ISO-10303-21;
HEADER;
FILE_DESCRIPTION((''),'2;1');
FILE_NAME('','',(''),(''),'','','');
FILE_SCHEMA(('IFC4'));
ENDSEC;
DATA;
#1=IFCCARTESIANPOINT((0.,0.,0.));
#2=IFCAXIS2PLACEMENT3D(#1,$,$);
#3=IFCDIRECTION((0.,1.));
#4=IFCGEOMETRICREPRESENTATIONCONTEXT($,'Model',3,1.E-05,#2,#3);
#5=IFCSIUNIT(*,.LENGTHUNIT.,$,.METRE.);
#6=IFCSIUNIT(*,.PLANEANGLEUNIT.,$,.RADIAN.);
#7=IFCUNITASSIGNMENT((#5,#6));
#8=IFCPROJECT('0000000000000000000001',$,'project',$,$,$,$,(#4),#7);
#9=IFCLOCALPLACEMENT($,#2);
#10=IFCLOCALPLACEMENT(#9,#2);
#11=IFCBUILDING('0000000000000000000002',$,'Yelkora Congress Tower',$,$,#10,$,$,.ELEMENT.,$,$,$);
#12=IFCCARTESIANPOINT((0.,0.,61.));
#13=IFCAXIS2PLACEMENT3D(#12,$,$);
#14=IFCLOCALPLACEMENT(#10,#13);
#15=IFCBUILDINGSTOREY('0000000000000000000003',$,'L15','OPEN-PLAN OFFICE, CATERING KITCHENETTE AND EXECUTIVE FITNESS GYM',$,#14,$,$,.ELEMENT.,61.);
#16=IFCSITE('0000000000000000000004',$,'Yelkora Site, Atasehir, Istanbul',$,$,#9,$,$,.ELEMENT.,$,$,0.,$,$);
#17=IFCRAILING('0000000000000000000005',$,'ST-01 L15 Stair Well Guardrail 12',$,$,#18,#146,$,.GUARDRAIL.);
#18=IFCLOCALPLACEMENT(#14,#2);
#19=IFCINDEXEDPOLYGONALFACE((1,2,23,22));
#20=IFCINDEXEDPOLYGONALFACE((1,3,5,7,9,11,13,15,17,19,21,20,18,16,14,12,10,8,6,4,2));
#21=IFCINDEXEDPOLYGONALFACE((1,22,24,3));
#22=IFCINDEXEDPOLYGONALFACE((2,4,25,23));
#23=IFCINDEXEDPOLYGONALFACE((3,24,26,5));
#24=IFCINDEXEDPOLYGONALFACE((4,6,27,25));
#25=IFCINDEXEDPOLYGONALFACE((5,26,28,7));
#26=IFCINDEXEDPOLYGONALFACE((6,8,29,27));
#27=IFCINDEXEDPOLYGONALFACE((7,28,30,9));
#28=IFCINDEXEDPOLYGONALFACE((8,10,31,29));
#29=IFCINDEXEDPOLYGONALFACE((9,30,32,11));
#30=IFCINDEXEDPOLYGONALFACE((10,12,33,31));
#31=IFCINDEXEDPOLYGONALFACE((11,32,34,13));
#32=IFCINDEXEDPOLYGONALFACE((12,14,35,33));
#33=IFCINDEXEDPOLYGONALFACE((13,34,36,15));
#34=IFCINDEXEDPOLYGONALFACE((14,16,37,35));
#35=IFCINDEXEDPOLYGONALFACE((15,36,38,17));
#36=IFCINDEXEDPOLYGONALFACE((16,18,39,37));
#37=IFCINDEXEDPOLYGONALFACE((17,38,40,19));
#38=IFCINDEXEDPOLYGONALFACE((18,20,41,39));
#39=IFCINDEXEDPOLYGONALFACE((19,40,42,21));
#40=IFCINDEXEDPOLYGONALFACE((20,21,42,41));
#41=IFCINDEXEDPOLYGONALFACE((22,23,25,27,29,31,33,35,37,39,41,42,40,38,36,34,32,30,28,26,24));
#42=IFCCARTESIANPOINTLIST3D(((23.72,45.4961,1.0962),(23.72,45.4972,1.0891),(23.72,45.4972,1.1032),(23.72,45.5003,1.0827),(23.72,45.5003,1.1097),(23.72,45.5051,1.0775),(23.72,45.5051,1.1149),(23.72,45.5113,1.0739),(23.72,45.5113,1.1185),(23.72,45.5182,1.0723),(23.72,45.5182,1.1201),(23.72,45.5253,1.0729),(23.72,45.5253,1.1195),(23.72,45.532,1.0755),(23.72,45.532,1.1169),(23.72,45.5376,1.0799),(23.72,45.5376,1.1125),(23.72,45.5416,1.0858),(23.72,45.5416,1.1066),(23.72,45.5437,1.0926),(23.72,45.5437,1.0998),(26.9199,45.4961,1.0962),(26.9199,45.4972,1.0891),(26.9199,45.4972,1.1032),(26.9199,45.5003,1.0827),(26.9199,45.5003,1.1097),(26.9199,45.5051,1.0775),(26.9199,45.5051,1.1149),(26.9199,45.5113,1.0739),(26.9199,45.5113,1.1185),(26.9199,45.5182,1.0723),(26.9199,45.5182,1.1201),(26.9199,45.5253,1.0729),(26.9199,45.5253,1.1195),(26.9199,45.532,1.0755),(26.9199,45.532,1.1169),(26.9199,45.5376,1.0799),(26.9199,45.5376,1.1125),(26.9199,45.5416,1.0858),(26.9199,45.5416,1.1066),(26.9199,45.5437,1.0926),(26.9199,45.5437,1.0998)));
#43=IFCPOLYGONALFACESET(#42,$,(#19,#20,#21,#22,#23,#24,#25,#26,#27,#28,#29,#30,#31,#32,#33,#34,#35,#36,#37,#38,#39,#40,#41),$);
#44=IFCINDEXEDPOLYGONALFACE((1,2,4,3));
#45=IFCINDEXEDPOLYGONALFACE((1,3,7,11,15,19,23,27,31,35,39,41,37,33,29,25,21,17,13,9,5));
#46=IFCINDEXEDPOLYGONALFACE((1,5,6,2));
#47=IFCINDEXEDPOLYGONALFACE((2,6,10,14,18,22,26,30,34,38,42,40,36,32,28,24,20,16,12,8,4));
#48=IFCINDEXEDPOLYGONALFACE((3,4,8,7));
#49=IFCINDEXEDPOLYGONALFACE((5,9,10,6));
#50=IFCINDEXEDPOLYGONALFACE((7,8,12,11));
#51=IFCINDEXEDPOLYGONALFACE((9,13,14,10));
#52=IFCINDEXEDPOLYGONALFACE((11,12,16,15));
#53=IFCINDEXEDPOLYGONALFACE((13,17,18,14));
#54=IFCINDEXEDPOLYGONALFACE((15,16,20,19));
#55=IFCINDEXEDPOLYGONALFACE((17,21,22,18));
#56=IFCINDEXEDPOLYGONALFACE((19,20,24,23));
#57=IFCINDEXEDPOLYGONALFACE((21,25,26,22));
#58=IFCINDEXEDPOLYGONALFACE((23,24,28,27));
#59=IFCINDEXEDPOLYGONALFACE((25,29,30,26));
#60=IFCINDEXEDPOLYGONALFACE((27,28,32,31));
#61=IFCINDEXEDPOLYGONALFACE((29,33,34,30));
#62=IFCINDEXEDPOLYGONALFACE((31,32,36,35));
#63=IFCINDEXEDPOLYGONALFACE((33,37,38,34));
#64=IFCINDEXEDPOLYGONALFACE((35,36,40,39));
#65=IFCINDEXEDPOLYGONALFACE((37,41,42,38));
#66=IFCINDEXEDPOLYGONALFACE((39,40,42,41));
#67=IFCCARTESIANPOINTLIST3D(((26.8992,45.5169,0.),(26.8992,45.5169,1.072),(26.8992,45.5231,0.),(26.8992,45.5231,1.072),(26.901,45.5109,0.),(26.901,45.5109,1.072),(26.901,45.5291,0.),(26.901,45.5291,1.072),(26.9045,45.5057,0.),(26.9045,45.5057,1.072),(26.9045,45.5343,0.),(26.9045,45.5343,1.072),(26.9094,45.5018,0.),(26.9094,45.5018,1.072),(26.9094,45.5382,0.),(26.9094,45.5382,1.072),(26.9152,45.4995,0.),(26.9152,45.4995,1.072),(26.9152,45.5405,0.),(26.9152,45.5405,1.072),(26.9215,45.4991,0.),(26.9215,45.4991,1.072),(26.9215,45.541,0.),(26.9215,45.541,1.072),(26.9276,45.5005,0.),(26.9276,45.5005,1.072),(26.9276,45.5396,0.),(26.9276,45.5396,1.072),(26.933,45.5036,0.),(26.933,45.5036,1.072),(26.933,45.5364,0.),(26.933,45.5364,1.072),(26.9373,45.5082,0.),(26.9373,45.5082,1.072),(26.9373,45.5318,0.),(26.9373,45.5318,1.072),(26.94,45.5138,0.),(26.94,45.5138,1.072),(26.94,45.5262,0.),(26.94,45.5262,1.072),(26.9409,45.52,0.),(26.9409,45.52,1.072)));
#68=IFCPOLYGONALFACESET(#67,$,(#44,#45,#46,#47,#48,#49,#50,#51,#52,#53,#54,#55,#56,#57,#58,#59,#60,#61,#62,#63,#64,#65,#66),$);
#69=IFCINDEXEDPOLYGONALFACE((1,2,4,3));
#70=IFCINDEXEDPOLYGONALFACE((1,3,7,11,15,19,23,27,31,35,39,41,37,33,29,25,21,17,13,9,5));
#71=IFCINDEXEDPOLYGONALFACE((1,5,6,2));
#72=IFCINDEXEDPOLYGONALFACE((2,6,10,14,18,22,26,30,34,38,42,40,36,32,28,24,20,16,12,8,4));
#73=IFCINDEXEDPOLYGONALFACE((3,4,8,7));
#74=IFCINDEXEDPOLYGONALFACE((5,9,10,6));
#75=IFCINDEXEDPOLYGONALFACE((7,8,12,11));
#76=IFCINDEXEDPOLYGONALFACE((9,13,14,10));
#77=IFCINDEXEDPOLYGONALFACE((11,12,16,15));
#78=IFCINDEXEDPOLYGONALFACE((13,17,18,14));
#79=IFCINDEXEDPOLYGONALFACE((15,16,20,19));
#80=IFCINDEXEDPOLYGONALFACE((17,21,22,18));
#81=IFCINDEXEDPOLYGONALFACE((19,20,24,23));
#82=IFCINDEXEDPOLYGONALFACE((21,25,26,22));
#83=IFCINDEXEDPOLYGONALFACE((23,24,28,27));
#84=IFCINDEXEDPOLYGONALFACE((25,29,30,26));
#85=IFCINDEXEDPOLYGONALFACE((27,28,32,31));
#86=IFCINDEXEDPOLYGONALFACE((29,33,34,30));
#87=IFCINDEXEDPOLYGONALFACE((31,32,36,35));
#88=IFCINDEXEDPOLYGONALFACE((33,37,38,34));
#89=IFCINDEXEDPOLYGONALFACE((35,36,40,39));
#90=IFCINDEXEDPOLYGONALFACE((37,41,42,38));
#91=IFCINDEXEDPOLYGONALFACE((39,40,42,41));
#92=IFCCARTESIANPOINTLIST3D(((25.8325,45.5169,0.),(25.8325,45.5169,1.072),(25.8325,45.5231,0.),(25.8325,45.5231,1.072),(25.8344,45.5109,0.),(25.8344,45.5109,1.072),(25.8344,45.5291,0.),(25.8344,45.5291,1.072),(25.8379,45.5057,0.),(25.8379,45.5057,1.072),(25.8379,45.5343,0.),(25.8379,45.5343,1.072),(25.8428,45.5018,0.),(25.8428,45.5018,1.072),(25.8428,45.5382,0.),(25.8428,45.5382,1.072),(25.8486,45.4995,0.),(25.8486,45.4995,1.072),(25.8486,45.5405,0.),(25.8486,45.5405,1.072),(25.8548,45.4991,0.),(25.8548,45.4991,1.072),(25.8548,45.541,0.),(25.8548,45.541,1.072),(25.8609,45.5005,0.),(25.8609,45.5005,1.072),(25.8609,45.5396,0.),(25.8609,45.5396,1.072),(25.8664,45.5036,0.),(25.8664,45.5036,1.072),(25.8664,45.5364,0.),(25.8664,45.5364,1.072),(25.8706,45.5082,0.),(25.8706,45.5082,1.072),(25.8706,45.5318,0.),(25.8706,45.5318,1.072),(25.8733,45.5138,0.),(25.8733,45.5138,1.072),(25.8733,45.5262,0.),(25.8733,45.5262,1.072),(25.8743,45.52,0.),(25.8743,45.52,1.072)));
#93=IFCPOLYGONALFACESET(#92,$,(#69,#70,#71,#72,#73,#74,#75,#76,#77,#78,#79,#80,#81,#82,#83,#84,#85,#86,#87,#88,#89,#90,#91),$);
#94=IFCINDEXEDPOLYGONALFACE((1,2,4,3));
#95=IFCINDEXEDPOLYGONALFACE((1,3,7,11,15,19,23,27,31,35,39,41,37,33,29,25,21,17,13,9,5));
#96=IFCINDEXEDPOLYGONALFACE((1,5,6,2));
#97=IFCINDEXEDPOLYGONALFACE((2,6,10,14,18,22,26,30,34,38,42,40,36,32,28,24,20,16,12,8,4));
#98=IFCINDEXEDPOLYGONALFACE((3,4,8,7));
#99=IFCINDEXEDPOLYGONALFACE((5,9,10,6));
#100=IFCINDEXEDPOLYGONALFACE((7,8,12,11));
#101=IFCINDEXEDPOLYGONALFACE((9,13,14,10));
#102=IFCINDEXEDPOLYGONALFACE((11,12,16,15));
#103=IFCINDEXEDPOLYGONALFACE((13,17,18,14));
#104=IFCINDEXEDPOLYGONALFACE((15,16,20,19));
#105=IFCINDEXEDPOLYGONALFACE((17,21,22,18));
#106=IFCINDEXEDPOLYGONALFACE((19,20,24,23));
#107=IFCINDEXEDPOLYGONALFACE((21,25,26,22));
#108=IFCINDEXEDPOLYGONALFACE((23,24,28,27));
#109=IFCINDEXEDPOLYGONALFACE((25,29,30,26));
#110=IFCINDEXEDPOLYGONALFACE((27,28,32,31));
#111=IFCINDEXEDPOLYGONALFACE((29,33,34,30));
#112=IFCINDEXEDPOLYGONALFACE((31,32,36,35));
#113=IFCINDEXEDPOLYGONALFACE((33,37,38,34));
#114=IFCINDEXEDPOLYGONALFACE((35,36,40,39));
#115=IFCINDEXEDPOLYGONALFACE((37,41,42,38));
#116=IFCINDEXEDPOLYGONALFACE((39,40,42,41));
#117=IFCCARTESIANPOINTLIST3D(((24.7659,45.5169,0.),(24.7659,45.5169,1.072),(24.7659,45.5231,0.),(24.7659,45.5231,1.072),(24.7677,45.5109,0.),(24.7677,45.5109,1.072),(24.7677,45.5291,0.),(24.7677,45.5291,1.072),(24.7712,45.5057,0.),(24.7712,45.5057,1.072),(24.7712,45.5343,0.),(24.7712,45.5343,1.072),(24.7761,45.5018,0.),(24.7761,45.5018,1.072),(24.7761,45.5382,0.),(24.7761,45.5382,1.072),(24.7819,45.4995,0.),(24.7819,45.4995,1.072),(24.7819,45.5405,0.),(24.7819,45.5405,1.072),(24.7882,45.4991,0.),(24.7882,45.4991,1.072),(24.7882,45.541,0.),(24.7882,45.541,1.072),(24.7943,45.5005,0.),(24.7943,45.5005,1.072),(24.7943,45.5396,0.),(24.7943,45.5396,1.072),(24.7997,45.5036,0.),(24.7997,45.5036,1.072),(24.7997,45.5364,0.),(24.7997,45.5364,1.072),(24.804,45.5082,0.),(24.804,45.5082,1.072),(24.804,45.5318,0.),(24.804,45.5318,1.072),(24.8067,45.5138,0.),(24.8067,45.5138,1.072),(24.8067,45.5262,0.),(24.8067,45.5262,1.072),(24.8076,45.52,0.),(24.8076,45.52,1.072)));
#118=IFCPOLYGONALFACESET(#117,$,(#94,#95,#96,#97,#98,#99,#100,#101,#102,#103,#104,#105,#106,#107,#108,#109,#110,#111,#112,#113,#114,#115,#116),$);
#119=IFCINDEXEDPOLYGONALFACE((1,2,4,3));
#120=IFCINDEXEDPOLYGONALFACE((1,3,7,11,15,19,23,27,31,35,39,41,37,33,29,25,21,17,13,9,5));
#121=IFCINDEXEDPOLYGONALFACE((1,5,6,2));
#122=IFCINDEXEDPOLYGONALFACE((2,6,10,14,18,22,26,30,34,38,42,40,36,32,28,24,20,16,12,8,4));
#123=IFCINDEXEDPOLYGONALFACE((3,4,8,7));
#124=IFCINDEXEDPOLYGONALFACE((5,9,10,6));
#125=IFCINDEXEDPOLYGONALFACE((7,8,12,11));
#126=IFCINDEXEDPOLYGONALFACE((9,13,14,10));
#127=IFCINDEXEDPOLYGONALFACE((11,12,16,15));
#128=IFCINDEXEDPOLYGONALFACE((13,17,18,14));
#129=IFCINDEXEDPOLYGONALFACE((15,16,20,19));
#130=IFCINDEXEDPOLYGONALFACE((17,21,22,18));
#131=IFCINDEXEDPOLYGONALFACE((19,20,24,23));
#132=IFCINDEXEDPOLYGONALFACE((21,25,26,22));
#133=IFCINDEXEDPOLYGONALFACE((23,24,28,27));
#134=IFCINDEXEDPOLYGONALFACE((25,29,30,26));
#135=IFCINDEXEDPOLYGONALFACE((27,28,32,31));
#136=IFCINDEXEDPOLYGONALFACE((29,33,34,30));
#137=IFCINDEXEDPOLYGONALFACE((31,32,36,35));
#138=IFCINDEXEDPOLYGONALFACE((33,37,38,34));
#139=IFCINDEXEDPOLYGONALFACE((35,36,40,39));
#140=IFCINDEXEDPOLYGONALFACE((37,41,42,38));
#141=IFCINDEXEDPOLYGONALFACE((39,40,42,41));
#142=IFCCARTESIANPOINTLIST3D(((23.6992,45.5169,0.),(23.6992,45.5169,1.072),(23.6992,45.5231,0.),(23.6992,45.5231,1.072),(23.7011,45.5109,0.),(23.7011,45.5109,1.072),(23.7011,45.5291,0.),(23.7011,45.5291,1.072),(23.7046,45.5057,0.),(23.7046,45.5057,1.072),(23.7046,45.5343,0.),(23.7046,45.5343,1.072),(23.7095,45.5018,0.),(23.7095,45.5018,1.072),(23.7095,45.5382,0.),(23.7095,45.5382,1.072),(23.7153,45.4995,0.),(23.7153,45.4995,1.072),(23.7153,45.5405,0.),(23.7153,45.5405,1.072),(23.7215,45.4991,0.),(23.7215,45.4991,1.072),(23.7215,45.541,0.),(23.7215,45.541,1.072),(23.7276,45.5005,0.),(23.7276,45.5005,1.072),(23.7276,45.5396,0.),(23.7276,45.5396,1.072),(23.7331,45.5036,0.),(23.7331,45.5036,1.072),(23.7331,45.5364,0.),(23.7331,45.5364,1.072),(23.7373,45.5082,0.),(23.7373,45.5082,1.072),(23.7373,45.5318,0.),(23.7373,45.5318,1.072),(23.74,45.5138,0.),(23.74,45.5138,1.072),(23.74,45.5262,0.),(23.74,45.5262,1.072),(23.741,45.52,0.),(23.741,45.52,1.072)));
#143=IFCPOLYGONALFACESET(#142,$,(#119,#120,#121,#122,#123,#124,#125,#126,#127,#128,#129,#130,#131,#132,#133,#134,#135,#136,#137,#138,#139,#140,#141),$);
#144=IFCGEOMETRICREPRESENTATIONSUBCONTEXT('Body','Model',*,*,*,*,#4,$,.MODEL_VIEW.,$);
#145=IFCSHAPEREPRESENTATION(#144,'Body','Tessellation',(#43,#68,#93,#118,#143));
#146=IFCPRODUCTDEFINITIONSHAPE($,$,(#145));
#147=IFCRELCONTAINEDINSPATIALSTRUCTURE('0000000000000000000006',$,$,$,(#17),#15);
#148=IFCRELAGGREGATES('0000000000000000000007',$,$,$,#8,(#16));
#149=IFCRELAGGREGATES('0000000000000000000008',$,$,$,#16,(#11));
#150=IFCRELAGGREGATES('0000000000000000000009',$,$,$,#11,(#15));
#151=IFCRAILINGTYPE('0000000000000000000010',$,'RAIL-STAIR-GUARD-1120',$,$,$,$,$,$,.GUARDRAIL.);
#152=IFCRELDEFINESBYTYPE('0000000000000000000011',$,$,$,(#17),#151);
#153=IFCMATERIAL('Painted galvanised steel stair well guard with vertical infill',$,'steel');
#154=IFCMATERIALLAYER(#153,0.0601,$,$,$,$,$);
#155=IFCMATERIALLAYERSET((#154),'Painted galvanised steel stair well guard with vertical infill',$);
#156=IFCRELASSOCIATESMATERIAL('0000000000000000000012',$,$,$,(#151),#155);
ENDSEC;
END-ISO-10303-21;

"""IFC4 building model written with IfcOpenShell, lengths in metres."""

from ifc_helpers import new_model, si_unit, direction, frame, origin, origin_2d, place, context, subcontext, project, spatial, circle, extrude, material, layer, layer_set, type_object, element, save


model = new_model("IFC4")

# Units and contexts
model_context = context("Model", 3, precision=1e-05, world=origin(), true_north=direction((0.0, 1.0)))
body_context = subcontext(model_context, "Body", "Model", "MODEL_VIEW")
ifc_project = project(units=[si_unit("LENGTHUNIT", "METRE"), si_unit("PLANEANGLEUNIT", "RADIAN")], contexts=[model_context])

# Site, building, storey
site_placement = place(None, origin())
site = spatial("IfcSite", under=ifc_project, at=site_placement, Name="Yelkora Site, Atasehir, Istanbul", CompositionType="ELEMENT", RefElevation=0.0)
building_placement = place(site_placement, origin())
building = spatial("IfcBuilding", under=site, at=building_placement, Name="Yelkora Congress Tower", CompositionType="ELEMENT")
storey_placement = place(building_placement, frame((0.0, 0.0, 61.0)))
storey = spatial("IfcBuildingStorey", under=building, at=storey_placement, Name="L15", Description="OPEN-PLAN OFFICE, CATERING KITCHENETTE AND EXECUTIVE FITNESS GYM", CompositionType="ELEMENT", Elevation=61.0)

# Railing
ifc_material_1 = material(Name="Painted galvanised steel stair well guard with vertical infill", Category="steel")
ifc_layer_1 = layer(ifc_material_1, 0.0601)
ifc_layer_set_1 = layer_set([ifc_layer_1], Name="Painted galvanised steel stair well guard with vertical infill")
railing_type_1 = type_object("IfcRailingType", Name="RAIL-STAIR-GUARD-1120", PredefinedType="GUARDRAIL", material=ifc_layer_set_1)
railing_1_placement = place(storey_placement, frame((26.9199, 45.52, 0.0)))
element("IfcRailing", 1, at=railing_1_placement, inside=storey, type_object=railing_type_1, Name="ST-01 L15 Stair Well Guardrail 12", PredefinedType="GUARDRAIL", context=body_context, shape_type="SweptSolid", body=[
    extrude(circle(Radius=0.0239, at=origin_2d()), frame((0.0, 0.0, 1.0962), z_axis=(-1.0, 0.0, 0.0), x_axis=(0.0, -1.0, 0.0)), (0.0, 0.0, 1.0), 3.2),
    extrude(circle(Radius=0.021, at=origin_2d()), origin(), (0.0, 0.0, 1.0), 1.072),
    extrude(circle(Radius=0.021, at=origin_2d()), frame((-1.0667, 0.0, 0.0)), (0.0, 0.0, 1.0), 1.072),
    extrude(circle(Radius=0.021, at=origin_2d()), frame((-2.1333, 0.0, 0.0)), (0.0, 0.0, 1.0), 1.072),
    extrude(circle(Radius=0.021, at=origin_2d()), frame((-3.2, 0.0, 0.0)), (0.0, 0.0, 1.0), 1.072),
])

save(model, "model.ifc")
